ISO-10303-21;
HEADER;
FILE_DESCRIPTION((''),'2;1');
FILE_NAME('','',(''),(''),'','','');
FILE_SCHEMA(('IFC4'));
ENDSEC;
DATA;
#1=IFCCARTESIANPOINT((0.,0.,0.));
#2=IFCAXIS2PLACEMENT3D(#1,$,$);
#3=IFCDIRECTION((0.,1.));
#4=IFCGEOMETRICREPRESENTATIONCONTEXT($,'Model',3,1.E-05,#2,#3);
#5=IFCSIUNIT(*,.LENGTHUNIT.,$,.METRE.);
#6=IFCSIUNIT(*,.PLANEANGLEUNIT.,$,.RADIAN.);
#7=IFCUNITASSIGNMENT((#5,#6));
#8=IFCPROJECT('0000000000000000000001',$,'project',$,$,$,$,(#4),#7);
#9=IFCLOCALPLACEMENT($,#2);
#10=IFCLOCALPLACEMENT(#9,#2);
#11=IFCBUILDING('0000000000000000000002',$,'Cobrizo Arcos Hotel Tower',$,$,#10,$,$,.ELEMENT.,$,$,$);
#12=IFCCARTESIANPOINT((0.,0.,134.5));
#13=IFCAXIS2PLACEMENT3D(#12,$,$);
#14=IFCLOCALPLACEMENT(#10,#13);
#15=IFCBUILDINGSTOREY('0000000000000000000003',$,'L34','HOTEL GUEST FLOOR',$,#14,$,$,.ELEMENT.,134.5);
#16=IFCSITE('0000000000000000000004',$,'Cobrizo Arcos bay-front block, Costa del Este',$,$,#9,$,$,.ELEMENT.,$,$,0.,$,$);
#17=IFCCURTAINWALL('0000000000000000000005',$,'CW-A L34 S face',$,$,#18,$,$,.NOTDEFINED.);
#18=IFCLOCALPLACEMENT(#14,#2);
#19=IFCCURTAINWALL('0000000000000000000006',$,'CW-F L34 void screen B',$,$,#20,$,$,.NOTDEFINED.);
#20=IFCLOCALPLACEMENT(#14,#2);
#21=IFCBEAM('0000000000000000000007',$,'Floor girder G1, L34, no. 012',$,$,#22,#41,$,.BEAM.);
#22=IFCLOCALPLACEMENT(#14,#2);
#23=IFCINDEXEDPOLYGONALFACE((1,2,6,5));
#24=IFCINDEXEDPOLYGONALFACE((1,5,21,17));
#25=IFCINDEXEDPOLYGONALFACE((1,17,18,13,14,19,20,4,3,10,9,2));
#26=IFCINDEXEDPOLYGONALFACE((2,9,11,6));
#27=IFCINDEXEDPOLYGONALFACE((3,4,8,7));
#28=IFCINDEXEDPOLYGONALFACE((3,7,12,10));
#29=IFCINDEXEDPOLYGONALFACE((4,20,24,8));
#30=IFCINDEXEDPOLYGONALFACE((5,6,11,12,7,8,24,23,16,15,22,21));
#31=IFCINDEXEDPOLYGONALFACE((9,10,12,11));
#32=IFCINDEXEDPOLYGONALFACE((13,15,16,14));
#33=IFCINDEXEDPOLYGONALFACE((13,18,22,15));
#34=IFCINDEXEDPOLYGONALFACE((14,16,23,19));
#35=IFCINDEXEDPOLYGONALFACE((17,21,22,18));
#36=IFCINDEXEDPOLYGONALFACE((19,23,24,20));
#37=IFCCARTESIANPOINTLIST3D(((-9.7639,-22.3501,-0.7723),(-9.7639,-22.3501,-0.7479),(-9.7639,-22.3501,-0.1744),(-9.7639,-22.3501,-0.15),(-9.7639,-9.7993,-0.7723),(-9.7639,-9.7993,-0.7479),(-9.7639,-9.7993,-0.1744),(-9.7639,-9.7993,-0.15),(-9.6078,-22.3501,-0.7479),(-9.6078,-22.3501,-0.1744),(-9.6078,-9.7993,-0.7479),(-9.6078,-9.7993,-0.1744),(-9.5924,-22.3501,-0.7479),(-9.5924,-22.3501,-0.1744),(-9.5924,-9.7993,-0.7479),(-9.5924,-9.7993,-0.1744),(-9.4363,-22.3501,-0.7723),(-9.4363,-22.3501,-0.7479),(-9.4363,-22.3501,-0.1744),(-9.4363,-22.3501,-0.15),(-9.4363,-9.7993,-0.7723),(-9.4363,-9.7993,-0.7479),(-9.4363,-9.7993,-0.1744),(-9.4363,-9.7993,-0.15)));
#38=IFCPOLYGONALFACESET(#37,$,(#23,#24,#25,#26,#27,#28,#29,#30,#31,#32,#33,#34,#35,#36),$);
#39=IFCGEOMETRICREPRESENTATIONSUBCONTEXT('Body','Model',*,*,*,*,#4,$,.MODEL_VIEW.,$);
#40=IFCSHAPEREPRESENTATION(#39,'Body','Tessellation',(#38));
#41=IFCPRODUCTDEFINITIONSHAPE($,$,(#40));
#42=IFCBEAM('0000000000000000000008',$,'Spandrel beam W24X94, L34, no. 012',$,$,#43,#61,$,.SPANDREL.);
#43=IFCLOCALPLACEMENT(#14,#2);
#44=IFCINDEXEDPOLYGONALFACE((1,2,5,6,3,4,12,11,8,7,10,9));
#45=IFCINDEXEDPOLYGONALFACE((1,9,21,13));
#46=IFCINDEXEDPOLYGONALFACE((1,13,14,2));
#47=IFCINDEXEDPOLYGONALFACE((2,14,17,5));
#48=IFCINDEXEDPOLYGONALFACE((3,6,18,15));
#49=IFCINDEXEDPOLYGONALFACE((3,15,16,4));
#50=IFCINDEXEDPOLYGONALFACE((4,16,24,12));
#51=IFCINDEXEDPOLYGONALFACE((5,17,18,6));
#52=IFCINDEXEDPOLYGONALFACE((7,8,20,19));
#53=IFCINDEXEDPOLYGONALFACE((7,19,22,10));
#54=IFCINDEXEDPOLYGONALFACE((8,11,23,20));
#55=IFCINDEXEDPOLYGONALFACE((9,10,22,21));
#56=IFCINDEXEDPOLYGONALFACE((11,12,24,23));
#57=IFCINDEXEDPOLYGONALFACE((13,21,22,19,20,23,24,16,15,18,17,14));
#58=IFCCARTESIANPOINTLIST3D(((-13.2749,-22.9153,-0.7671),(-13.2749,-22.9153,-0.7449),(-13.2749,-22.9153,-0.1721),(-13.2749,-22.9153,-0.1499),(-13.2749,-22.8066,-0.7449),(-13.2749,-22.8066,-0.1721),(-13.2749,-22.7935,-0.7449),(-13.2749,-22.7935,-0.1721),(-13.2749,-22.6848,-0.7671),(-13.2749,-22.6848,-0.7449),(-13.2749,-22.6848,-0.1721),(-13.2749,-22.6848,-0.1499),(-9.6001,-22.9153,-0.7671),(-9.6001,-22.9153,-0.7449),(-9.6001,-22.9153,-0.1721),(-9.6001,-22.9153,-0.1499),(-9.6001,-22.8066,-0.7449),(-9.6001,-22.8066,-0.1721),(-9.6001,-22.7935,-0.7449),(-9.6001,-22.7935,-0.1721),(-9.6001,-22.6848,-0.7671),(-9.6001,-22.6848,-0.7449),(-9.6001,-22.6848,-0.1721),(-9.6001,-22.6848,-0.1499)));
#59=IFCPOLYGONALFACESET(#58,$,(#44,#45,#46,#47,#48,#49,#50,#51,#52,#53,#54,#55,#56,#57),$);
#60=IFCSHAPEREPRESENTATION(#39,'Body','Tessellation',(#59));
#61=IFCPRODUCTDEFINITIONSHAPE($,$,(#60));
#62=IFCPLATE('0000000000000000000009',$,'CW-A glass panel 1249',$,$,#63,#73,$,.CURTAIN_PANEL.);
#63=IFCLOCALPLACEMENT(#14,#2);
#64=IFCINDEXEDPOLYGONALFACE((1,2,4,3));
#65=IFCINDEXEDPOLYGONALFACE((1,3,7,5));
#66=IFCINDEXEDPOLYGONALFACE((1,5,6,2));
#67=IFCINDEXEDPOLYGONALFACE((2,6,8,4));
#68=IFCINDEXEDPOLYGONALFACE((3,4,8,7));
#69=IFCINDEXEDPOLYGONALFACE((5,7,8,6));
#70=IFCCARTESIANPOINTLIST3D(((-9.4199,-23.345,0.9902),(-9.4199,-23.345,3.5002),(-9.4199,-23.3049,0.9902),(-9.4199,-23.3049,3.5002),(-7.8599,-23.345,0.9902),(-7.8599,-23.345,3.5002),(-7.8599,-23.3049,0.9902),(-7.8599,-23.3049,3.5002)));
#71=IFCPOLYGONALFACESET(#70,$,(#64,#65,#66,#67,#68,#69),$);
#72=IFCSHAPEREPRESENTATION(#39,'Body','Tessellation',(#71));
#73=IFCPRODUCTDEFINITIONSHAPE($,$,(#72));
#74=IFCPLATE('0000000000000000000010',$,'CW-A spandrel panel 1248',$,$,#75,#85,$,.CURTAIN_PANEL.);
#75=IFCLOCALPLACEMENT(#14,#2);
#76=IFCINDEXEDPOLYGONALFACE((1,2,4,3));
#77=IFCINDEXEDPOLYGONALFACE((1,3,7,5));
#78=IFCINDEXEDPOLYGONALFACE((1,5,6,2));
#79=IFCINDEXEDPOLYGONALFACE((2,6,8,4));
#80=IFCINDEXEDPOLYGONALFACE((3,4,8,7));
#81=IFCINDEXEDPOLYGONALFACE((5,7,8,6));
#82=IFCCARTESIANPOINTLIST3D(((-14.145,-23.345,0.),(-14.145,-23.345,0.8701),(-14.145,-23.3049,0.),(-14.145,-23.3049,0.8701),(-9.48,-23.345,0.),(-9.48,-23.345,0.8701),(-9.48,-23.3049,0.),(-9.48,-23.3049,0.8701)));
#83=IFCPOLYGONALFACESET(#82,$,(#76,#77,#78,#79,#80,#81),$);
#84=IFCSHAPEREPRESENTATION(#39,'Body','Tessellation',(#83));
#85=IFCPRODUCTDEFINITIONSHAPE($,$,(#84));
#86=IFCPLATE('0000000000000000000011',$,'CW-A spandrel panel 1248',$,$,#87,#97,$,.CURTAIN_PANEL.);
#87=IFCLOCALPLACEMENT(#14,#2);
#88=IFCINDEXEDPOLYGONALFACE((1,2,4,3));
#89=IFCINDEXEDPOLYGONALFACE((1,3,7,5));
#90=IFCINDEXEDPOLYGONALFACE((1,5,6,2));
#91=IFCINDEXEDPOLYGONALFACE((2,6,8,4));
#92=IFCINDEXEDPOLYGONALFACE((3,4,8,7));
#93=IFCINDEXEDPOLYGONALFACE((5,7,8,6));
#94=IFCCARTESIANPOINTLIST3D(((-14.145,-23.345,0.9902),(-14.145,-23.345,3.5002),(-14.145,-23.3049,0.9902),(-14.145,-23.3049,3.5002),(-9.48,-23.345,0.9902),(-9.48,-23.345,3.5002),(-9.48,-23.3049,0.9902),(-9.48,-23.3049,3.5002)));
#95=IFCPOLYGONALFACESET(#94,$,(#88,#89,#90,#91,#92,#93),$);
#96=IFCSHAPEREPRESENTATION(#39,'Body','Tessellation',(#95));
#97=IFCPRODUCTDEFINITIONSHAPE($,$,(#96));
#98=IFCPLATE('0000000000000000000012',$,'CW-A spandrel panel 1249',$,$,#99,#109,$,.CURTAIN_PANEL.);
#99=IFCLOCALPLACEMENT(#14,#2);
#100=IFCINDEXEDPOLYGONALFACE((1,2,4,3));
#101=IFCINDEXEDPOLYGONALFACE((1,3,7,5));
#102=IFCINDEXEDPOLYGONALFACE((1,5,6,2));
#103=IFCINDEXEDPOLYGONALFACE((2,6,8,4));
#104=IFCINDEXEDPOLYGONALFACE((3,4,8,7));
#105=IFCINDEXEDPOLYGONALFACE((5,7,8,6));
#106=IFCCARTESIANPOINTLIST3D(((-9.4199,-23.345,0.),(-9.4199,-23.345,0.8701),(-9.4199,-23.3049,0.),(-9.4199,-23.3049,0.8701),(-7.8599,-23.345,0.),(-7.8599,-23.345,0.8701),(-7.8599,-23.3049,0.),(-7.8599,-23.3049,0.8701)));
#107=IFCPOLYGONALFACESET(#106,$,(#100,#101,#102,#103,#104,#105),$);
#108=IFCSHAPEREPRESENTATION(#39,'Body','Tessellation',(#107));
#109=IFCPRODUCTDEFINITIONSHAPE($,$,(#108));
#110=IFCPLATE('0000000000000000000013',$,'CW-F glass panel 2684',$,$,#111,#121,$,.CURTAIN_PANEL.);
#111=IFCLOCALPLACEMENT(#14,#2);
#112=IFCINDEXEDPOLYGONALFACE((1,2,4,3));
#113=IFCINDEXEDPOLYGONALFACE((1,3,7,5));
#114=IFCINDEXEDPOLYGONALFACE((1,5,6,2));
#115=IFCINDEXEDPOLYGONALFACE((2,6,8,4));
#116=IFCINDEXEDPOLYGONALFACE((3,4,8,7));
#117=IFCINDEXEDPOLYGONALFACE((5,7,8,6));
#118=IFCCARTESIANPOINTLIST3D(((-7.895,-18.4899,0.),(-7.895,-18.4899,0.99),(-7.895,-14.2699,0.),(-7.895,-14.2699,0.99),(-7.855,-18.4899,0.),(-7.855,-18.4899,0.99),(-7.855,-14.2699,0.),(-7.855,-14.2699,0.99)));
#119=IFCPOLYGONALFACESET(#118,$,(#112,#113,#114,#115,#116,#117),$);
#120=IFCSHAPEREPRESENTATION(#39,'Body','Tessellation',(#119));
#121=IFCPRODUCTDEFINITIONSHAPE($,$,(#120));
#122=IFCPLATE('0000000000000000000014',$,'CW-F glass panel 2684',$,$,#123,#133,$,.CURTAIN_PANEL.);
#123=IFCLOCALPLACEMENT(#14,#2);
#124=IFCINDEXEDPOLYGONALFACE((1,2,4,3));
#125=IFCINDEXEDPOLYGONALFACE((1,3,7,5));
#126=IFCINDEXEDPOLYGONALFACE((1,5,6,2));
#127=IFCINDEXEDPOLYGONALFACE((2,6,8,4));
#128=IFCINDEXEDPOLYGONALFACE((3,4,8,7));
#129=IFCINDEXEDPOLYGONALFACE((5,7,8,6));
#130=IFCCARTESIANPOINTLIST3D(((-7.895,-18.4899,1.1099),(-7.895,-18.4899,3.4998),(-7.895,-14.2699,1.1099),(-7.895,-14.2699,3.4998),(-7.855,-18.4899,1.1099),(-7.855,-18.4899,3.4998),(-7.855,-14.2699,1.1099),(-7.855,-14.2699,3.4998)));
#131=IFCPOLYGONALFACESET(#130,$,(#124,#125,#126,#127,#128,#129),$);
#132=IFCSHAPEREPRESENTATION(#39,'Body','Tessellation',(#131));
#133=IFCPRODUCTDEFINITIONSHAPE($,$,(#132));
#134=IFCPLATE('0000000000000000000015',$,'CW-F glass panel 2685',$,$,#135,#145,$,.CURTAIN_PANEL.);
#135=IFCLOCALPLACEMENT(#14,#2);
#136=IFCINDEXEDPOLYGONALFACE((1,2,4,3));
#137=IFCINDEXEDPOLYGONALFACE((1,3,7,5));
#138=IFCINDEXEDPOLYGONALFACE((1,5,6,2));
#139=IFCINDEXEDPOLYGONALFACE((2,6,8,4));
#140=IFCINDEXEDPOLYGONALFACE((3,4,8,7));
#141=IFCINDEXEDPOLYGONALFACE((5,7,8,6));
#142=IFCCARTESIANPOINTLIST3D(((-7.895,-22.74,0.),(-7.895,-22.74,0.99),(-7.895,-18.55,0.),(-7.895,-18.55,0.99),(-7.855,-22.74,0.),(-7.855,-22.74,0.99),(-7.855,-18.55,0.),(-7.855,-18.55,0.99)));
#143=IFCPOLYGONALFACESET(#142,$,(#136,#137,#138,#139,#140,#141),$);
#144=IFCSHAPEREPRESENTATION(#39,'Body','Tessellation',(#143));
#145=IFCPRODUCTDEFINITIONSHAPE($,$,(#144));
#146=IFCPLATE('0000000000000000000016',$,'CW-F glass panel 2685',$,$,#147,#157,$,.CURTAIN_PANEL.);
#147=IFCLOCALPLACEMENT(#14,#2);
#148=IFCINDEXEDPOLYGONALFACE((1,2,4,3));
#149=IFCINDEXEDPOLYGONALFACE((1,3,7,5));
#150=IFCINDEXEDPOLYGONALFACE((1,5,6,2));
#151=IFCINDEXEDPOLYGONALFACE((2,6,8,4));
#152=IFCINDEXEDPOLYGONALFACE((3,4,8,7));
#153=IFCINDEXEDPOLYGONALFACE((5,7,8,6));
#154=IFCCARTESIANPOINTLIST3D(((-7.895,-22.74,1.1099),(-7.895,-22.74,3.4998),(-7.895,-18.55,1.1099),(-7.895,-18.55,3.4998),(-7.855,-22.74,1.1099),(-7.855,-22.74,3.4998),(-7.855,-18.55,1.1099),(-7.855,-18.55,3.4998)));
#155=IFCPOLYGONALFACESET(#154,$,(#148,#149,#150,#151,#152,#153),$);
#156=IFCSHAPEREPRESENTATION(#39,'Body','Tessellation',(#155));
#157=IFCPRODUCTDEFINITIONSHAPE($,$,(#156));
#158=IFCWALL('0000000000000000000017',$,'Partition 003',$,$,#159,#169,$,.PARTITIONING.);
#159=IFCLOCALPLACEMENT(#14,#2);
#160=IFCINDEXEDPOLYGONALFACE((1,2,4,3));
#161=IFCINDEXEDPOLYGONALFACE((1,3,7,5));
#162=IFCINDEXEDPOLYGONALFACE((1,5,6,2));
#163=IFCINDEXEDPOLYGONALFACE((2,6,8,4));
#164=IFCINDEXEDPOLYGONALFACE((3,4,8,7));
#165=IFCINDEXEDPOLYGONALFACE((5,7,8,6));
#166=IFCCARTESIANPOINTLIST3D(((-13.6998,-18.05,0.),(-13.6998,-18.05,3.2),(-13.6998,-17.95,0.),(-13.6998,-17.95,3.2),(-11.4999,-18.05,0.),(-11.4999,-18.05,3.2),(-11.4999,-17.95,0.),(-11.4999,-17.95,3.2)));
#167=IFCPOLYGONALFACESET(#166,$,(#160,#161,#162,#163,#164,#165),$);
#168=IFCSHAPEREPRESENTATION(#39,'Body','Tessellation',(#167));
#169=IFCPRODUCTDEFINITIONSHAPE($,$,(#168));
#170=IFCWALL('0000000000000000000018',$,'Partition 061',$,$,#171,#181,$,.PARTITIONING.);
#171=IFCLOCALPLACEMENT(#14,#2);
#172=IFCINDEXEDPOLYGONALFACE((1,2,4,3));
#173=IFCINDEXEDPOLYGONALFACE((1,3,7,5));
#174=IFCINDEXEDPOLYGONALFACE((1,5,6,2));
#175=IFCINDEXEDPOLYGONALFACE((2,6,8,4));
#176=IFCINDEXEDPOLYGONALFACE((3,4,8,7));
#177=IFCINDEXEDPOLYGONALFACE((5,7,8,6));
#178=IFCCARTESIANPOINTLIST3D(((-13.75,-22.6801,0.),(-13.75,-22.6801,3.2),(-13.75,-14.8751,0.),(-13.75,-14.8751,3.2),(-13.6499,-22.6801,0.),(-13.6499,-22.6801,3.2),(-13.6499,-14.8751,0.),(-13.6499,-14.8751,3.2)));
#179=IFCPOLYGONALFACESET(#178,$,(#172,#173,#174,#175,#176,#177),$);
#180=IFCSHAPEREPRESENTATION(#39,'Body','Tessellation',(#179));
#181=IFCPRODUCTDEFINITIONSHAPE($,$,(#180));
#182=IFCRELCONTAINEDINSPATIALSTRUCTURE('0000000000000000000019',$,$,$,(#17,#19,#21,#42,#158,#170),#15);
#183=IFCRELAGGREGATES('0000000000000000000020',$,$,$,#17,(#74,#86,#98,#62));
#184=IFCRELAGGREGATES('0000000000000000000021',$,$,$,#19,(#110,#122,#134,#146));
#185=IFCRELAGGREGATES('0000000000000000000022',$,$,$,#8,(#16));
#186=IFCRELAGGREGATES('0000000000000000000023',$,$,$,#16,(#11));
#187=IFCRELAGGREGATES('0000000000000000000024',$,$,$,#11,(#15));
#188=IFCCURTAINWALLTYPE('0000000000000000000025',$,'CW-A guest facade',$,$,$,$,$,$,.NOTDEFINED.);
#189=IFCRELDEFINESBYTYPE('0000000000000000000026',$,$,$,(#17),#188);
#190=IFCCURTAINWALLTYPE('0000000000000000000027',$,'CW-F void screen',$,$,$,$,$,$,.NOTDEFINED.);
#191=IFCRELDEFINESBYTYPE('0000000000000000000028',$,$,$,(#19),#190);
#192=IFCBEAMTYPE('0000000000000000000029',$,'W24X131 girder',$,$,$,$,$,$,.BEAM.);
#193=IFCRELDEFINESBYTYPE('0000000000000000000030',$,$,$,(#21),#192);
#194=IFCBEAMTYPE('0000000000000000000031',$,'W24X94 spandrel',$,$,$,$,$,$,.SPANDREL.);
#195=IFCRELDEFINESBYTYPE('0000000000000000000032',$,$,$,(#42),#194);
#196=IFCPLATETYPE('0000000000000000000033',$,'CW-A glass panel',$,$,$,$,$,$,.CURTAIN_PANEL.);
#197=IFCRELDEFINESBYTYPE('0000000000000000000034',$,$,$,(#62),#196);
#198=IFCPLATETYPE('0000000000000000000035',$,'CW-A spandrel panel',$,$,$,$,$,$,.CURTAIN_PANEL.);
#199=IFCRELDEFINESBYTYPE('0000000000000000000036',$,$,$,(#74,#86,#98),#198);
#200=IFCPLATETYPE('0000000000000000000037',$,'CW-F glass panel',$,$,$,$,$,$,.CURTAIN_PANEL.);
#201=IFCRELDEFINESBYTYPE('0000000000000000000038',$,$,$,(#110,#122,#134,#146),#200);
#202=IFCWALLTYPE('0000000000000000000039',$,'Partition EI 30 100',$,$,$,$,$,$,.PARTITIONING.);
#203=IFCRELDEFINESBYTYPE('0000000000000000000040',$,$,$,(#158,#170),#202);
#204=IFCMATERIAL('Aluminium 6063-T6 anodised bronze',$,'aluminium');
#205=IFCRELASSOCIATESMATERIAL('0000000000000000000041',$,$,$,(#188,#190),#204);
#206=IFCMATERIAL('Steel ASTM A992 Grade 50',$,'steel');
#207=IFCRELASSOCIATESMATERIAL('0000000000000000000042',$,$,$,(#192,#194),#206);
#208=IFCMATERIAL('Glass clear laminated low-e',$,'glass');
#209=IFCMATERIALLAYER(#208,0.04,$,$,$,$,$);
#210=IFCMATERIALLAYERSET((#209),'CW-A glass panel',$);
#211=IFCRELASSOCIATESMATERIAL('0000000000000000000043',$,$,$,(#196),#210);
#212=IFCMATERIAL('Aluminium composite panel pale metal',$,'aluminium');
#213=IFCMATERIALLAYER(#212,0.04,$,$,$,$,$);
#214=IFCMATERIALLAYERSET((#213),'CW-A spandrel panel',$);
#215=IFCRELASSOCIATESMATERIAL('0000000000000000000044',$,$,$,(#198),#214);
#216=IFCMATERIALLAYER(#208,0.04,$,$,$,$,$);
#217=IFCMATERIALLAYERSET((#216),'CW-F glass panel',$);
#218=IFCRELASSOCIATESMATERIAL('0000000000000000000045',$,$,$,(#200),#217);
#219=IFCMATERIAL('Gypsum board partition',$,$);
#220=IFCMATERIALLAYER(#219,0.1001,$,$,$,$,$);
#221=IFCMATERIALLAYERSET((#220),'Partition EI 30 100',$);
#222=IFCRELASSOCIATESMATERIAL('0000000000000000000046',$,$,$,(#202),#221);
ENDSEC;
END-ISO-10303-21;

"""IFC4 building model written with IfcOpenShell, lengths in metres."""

from ifc_helpers import new_model, si_unit, direction, frame, frame_2d, origin, origin_2d, place, context, subcontext, project, spatial, rectangle, i_section, extrude, material, layer, layer_set, material_profile, profile_set, type_object, element, aggregate, save


model = new_model("IFC4")

# Units and contexts
model_context = context("Model", 3, precision=1e-05, world=origin(), true_north=direction((0.0, 1.0)))
body_context = subcontext(model_context, "Body", "Model", "MODEL_VIEW")
ifc_project = project(units=[si_unit("LENGTHUNIT", "METRE"), si_unit("PLANEANGLEUNIT", "RADIAN")], contexts=[model_context])

# Site, building, storey
site_placement = place(None, origin())
site = spatial("IfcSite", under=ifc_project, at=site_placement, Name="Cobrizo Arcos bay-front block, Costa del Este", CompositionType="ELEMENT", RefElevation=0.0)
building_placement = place(site_placement, origin())
building = spatial("IfcBuilding", under=site, at=building_placement, Name="Cobrizo Arcos Hotel Tower", CompositionType="ELEMENT")
storey_placement = place(building_placement, frame((0.0, 0.0, 134.5)))
storey = spatial("IfcBuildingStorey", under=building, at=storey_placement, Name="L34", Description="HOTEL GUEST FLOOR", CompositionType="ELEMENT", Elevation=134.5)

# Curtain walls
ifc_material_1 = material(Name="Aluminium 6063-T6 anodised bronze", Category="aluminium")
curtain_wall_type_1 = type_object("IfcCurtainWallType", Name="CW-A guest facade", PredefinedType="NOTDEFINED", material=ifc_material_1)
curtain_wall_1_placement = place(storey_placement, origin())
curtain_wall_1 = element("IfcCurtainWall", 1, at=curtain_wall_1_placement, inside=storey, type_object=curtain_wall_type_1, Name="CW-A L34 S face", PredefinedType="NOTDEFINED")
curtain_wall_type_2 = type_object("IfcCurtainWallType", Name="CW-F void screen", PredefinedType="NOTDEFINED", material=ifc_material_1)
curtain_wall_2_placement = place(storey_placement, origin())
curtain_wall_2 = element("IfcCurtainWall", 2, at=curtain_wall_2_placement, inside=storey, type_object=curtain_wall_type_2, Name="CW-F L34 void screen B", PredefinedType="NOTDEFINED")

# Beams
ifc_material_2 = material(Name="Steel ASTM A992 Grade 50", Category="steel")
ifc_material_profile_1 = material_profile(ifc_material_2, i_section(OverallWidth=0.3276, OverallDepth=0.6223, WebThickness=0.0154, FlangeThickness=0.0244, at=origin_2d()), Name="W24X131")
ifc_profile_set_1 = profile_set([ifc_material_profile_1], Name="Steel ASTM A992 Grade 50")
beam_type_1 = type_object("IfcBeamType", Name="W24X131 girder", PredefinedType="BEAM", material=ifc_profile_set_1)
beam_1_placement = place(storey_placement, frame((-9.6001, -22.3501, -0.4612), z_axis=(0.0, 1.0, 0.0), x_axis=(-1.0, 0.0, 0.0)))
element("IfcBeam", 3, at=beam_1_placement, inside=storey, type_object=beam_type_1, Name="Floor girder G1, L34, no. 012", PredefinedType="BEAM", context=body_context, shape_type="SweptSolid", body=[
    extrude(i_section(OverallWidth=0.3276, OverallDepth=0.6223, WebThickness=0.0154, FlangeThickness=0.0244, at=origin_2d()), origin(), (0.0, 0.0, 1.0), 12.5508),
])
ifc_material_profile_2 = material_profile(ifc_material_2, i_section(OverallWidth=0.2305, OverallDepth=0.6172, WebThickness=0.0132, FlangeThickness=0.0222, at=origin_2d()), Name="W24X94")
ifc_profile_set_2 = profile_set([ifc_material_profile_2], Name="Steel ASTM A992 Grade 50")
beam_type_2 = type_object("IfcBeamType", Name="W24X94 spandrel", PredefinedType="SPANDREL", material=ifc_profile_set_2)
beam_2_placement = place(storey_placement, frame((-9.6001, -22.8, -0.4585), z_axis=(-1.0, 0.0, 0.0), x_axis=(0.0, -1.0, 0.0)))
element("IfcBeam", 4, at=beam_2_placement, inside=storey, type_object=beam_type_2, Name="Spandrel beam W24X94, L34, no. 012", PredefinedType="SPANDREL", context=body_context, shape_type="SweptSolid", body=[
    extrude(i_section(OverallWidth=0.2305, OverallDepth=0.6172, WebThickness=0.0132, FlangeThickness=0.0222, at=origin_2d()), origin(), (0.0, 0.0, 1.0), 3.6748),
])

# Plates
ifc_material_3 = material(Name="Glass clear laminated low-e", Category="glass")
ifc_layer_1 = layer(ifc_material_3, 0.04)
ifc_layer_set_1 = layer_set([ifc_layer_1], Name="CW-A glass panel")
plate_type_1 = type_object("IfcPlateType", Name="CW-A glass panel", PredefinedType="CURTAIN_PANEL", material=ifc_layer_set_1)
plate_1_placement = place(storey_placement, frame((-8.6399, -23.325, 0.9902), z_axis=(0.0, 0.0, 1.0), x_axis=(1.0, 0.0, 0.0)))
plate_1 = element("IfcPlate", 5, at=plate_1_placement, type_object=plate_type_1, Name="CW-A glass panel 1249", PredefinedType="CURTAIN_PANEL", context=body_context, shape_type="SweptSolid", body=[
    extrude(rectangle(XDim=1.5601, YDim=0.04, at=origin_2d()), origin(), (0.0, 0.0, 1.0), 2.51),
])
ifc_material_4 = material(Name="Aluminium composite panel pale metal", Category="aluminium")
ifc_layer_2 = layer(ifc_material_4, 0.04)
ifc_layer_set_2 = layer_set([ifc_layer_2], Name="CW-A spandrel panel")
plate_type_2 = type_object("IfcPlateType", Name="CW-A spandrel panel", PredefinedType="CURTAIN_PANEL", material=ifc_layer_set_2)
plate_2_placement = place(storey_placement, frame((-11.8125, -23.325, 0.0), z_axis=(0.0, 0.0, 1.0), x_axis=(1.0, 0.0, 0.0)))
plate_2 = element("IfcPlate", 6, at=plate_2_placement, type_object=plate_type_2, Name="CW-A spandrel panel 1248", PredefinedType="CURTAIN_PANEL", context=body_context, shape_type="SweptSolid", body=[
    extrude(rectangle(XDim=4.665, YDim=0.04, at=origin_2d()), origin(), (0.0, 0.0, 1.0), 0.8701),
])
plate_3_placement = place(storey_placement, frame((-11.8125, -23.325, 0.9902), z_axis=(0.0, 0.0, 1.0), x_axis=(1.0, 0.0, 0.0)))
plate_3 = element("IfcPlate", 7, at=plate_3_placement, type_object=plate_type_2, Name="CW-A spandrel panel 1248", PredefinedType="CURTAIN_PANEL", context=body_context, shape_type="SweptSolid", body=[
    extrude(rectangle(XDim=4.665, YDim=0.04, at=origin_2d()), origin(), (0.0, 0.0, 1.0), 2.51),
])
plate_4_placement = place(storey_placement, frame((-8.6399, -23.325, 0.0), z_axis=(0.0, 0.0, 1.0), x_axis=(1.0, 0.0, 0.0)))
plate_4 = element("IfcPlate", 8, at=plate_4_placement, type_object=plate_type_2, Name="CW-A spandrel panel 1249", PredefinedType="CURTAIN_PANEL", context=body_context, shape_type="SweptSolid", body=[
    extrude(rectangle(XDim=1.5601, YDim=0.04, at=origin_2d()), origin(), (0.0, 0.0, 1.0), 0.8701),
])
aggregate(curtain_wall_1, [plate_2, plate_3, plate_4, plate_1])
ifc_layer_3 = layer(ifc_material_3, 0.04)
ifc_layer_set_3 = layer_set([ifc_layer_3], Name="CW-F glass panel")
plate_type_3 = type_object("IfcPlateType", Name="CW-F glass panel", PredefinedType="CURTAIN_PANEL", material=ifc_layer_set_3)
plate_5_placement = place(storey_placement, frame((-7.875, -16.3799, 0.0), z_axis=(0.0, 0.0, 1.0), x_axis=(0.0, -1.0, 0.0)))
plate_5 = element("IfcPlate", 9, at=plate_5_placement, type_object=plate_type_3, Name="CW-F glass panel 2684", PredefinedType="CURTAIN_PANEL", context=body_context, shape_type="SweptSolid", body=[
    extrude(rectangle(XDim=4.22, YDim=0.04, at=origin_2d()), origin(), (0.0, 0.0, 1.0), 0.99),
])
plate_6_placement = place(storey_placement, frame((-7.875, -16.3799, 1.1099), z_axis=(0.0, 0.0, 1.0), x_axis=(0.0, -1.0, 0.0)))
plate_6 = element("IfcPlate", 10, at=plate_6_placement, type_object=plate_type_3, Name="CW-F glass panel 2684", PredefinedType="CURTAIN_PANEL", context=body_context, shape_type="SweptSolid", body=[
    extrude(rectangle(XDim=4.22, YDim=0.04, at=origin_2d()), origin(), (0.0, 0.0, 1.0), 2.3899),
])
plate_7_placement = place(storey_placement, frame((-7.875, -20.645, 0.0), z_axis=(0.0, 0.0, 1.0), x_axis=(0.0, -1.0, 0.0)))
plate_7 = element("IfcPlate", 11, at=plate_7_placement, type_object=plate_type_3, Name="CW-F glass panel 2685", PredefinedType="CURTAIN_PANEL", context=body_context, shape_type="SweptSolid", body=[
    extrude(rectangle(XDim=4.1899, YDim=0.04, at=origin_2d()), origin(), (0.0, 0.0, 1.0), 0.99),
])
plate_8_placement = place(storey_placement, frame((-7.875, -20.645, 1.1099), z_axis=(0.0, 0.0, 1.0), x_axis=(0.0, -1.0, 0.0)))
plate_8 = element("IfcPlate", 12, at=plate_8_placement, type_object=plate_type_3, Name="CW-F glass panel 2685", PredefinedType="CURTAIN_PANEL", context=body_context, shape_type="SweptSolid", body=[
    extrude(rectangle(XDim=4.1899, YDim=0.04, at=origin_2d()), origin(), (0.0, 0.0, 1.0), 2.3899),
])
aggregate(curtain_wall_2, [plate_5, plate_6, plate_7, plate_8])

# Walls
ifc_material_5 = material(Name="Gypsum board partition")
ifc_layer_4 = layer(ifc_material_5, 0.1001)
ifc_layer_set_4 = layer_set([ifc_layer_4], Name="Partition EI 30 100")
wall_type = type_object("IfcWallType", Name="Partition EI 30 100", PredefinedType="PARTITIONING", material=ifc_layer_set_4)
wall_1_placement = place(storey_placement, frame((-13.7, -18.0, 0.0), z_axis=(0.0, 0.0, 1.0), x_axis=(1.0, 0.0, 0.0)))
element("IfcWall", 13, at=wall_1_placement, inside=storey, type_object=wall_type, Name="Partition 003", PredefinedType="PARTITIONING", context=body_context, shape_type="SweptSolid", body=[
    extrude(rectangle(XDim=2.2, YDim=0.1001, at=frame_2d((1.1001, 0.0))), origin(), (0.0, 0.0, 1.0), 3.2),
])
wall_2_placement = place(storey_placement, frame((-13.7, -22.6799, 0.0), z_axis=(0.0, 0.0, 1.0), x_axis=(0.0, 1.0, 0.0)))
element("IfcWall", 14, at=wall_2_placement, inside=storey, type_object=wall_type, Name="Partition 061", PredefinedType="PARTITIONING", context=body_context, shape_type="SweptSolid", body=[
    extrude(rectangle(XDim=7.8049, YDim=0.1001, at=frame_2d((3.9023, 0.0))), origin(), (0.0, 0.0, 1.0), 3.2),
])

save(model, "model.ifc")
